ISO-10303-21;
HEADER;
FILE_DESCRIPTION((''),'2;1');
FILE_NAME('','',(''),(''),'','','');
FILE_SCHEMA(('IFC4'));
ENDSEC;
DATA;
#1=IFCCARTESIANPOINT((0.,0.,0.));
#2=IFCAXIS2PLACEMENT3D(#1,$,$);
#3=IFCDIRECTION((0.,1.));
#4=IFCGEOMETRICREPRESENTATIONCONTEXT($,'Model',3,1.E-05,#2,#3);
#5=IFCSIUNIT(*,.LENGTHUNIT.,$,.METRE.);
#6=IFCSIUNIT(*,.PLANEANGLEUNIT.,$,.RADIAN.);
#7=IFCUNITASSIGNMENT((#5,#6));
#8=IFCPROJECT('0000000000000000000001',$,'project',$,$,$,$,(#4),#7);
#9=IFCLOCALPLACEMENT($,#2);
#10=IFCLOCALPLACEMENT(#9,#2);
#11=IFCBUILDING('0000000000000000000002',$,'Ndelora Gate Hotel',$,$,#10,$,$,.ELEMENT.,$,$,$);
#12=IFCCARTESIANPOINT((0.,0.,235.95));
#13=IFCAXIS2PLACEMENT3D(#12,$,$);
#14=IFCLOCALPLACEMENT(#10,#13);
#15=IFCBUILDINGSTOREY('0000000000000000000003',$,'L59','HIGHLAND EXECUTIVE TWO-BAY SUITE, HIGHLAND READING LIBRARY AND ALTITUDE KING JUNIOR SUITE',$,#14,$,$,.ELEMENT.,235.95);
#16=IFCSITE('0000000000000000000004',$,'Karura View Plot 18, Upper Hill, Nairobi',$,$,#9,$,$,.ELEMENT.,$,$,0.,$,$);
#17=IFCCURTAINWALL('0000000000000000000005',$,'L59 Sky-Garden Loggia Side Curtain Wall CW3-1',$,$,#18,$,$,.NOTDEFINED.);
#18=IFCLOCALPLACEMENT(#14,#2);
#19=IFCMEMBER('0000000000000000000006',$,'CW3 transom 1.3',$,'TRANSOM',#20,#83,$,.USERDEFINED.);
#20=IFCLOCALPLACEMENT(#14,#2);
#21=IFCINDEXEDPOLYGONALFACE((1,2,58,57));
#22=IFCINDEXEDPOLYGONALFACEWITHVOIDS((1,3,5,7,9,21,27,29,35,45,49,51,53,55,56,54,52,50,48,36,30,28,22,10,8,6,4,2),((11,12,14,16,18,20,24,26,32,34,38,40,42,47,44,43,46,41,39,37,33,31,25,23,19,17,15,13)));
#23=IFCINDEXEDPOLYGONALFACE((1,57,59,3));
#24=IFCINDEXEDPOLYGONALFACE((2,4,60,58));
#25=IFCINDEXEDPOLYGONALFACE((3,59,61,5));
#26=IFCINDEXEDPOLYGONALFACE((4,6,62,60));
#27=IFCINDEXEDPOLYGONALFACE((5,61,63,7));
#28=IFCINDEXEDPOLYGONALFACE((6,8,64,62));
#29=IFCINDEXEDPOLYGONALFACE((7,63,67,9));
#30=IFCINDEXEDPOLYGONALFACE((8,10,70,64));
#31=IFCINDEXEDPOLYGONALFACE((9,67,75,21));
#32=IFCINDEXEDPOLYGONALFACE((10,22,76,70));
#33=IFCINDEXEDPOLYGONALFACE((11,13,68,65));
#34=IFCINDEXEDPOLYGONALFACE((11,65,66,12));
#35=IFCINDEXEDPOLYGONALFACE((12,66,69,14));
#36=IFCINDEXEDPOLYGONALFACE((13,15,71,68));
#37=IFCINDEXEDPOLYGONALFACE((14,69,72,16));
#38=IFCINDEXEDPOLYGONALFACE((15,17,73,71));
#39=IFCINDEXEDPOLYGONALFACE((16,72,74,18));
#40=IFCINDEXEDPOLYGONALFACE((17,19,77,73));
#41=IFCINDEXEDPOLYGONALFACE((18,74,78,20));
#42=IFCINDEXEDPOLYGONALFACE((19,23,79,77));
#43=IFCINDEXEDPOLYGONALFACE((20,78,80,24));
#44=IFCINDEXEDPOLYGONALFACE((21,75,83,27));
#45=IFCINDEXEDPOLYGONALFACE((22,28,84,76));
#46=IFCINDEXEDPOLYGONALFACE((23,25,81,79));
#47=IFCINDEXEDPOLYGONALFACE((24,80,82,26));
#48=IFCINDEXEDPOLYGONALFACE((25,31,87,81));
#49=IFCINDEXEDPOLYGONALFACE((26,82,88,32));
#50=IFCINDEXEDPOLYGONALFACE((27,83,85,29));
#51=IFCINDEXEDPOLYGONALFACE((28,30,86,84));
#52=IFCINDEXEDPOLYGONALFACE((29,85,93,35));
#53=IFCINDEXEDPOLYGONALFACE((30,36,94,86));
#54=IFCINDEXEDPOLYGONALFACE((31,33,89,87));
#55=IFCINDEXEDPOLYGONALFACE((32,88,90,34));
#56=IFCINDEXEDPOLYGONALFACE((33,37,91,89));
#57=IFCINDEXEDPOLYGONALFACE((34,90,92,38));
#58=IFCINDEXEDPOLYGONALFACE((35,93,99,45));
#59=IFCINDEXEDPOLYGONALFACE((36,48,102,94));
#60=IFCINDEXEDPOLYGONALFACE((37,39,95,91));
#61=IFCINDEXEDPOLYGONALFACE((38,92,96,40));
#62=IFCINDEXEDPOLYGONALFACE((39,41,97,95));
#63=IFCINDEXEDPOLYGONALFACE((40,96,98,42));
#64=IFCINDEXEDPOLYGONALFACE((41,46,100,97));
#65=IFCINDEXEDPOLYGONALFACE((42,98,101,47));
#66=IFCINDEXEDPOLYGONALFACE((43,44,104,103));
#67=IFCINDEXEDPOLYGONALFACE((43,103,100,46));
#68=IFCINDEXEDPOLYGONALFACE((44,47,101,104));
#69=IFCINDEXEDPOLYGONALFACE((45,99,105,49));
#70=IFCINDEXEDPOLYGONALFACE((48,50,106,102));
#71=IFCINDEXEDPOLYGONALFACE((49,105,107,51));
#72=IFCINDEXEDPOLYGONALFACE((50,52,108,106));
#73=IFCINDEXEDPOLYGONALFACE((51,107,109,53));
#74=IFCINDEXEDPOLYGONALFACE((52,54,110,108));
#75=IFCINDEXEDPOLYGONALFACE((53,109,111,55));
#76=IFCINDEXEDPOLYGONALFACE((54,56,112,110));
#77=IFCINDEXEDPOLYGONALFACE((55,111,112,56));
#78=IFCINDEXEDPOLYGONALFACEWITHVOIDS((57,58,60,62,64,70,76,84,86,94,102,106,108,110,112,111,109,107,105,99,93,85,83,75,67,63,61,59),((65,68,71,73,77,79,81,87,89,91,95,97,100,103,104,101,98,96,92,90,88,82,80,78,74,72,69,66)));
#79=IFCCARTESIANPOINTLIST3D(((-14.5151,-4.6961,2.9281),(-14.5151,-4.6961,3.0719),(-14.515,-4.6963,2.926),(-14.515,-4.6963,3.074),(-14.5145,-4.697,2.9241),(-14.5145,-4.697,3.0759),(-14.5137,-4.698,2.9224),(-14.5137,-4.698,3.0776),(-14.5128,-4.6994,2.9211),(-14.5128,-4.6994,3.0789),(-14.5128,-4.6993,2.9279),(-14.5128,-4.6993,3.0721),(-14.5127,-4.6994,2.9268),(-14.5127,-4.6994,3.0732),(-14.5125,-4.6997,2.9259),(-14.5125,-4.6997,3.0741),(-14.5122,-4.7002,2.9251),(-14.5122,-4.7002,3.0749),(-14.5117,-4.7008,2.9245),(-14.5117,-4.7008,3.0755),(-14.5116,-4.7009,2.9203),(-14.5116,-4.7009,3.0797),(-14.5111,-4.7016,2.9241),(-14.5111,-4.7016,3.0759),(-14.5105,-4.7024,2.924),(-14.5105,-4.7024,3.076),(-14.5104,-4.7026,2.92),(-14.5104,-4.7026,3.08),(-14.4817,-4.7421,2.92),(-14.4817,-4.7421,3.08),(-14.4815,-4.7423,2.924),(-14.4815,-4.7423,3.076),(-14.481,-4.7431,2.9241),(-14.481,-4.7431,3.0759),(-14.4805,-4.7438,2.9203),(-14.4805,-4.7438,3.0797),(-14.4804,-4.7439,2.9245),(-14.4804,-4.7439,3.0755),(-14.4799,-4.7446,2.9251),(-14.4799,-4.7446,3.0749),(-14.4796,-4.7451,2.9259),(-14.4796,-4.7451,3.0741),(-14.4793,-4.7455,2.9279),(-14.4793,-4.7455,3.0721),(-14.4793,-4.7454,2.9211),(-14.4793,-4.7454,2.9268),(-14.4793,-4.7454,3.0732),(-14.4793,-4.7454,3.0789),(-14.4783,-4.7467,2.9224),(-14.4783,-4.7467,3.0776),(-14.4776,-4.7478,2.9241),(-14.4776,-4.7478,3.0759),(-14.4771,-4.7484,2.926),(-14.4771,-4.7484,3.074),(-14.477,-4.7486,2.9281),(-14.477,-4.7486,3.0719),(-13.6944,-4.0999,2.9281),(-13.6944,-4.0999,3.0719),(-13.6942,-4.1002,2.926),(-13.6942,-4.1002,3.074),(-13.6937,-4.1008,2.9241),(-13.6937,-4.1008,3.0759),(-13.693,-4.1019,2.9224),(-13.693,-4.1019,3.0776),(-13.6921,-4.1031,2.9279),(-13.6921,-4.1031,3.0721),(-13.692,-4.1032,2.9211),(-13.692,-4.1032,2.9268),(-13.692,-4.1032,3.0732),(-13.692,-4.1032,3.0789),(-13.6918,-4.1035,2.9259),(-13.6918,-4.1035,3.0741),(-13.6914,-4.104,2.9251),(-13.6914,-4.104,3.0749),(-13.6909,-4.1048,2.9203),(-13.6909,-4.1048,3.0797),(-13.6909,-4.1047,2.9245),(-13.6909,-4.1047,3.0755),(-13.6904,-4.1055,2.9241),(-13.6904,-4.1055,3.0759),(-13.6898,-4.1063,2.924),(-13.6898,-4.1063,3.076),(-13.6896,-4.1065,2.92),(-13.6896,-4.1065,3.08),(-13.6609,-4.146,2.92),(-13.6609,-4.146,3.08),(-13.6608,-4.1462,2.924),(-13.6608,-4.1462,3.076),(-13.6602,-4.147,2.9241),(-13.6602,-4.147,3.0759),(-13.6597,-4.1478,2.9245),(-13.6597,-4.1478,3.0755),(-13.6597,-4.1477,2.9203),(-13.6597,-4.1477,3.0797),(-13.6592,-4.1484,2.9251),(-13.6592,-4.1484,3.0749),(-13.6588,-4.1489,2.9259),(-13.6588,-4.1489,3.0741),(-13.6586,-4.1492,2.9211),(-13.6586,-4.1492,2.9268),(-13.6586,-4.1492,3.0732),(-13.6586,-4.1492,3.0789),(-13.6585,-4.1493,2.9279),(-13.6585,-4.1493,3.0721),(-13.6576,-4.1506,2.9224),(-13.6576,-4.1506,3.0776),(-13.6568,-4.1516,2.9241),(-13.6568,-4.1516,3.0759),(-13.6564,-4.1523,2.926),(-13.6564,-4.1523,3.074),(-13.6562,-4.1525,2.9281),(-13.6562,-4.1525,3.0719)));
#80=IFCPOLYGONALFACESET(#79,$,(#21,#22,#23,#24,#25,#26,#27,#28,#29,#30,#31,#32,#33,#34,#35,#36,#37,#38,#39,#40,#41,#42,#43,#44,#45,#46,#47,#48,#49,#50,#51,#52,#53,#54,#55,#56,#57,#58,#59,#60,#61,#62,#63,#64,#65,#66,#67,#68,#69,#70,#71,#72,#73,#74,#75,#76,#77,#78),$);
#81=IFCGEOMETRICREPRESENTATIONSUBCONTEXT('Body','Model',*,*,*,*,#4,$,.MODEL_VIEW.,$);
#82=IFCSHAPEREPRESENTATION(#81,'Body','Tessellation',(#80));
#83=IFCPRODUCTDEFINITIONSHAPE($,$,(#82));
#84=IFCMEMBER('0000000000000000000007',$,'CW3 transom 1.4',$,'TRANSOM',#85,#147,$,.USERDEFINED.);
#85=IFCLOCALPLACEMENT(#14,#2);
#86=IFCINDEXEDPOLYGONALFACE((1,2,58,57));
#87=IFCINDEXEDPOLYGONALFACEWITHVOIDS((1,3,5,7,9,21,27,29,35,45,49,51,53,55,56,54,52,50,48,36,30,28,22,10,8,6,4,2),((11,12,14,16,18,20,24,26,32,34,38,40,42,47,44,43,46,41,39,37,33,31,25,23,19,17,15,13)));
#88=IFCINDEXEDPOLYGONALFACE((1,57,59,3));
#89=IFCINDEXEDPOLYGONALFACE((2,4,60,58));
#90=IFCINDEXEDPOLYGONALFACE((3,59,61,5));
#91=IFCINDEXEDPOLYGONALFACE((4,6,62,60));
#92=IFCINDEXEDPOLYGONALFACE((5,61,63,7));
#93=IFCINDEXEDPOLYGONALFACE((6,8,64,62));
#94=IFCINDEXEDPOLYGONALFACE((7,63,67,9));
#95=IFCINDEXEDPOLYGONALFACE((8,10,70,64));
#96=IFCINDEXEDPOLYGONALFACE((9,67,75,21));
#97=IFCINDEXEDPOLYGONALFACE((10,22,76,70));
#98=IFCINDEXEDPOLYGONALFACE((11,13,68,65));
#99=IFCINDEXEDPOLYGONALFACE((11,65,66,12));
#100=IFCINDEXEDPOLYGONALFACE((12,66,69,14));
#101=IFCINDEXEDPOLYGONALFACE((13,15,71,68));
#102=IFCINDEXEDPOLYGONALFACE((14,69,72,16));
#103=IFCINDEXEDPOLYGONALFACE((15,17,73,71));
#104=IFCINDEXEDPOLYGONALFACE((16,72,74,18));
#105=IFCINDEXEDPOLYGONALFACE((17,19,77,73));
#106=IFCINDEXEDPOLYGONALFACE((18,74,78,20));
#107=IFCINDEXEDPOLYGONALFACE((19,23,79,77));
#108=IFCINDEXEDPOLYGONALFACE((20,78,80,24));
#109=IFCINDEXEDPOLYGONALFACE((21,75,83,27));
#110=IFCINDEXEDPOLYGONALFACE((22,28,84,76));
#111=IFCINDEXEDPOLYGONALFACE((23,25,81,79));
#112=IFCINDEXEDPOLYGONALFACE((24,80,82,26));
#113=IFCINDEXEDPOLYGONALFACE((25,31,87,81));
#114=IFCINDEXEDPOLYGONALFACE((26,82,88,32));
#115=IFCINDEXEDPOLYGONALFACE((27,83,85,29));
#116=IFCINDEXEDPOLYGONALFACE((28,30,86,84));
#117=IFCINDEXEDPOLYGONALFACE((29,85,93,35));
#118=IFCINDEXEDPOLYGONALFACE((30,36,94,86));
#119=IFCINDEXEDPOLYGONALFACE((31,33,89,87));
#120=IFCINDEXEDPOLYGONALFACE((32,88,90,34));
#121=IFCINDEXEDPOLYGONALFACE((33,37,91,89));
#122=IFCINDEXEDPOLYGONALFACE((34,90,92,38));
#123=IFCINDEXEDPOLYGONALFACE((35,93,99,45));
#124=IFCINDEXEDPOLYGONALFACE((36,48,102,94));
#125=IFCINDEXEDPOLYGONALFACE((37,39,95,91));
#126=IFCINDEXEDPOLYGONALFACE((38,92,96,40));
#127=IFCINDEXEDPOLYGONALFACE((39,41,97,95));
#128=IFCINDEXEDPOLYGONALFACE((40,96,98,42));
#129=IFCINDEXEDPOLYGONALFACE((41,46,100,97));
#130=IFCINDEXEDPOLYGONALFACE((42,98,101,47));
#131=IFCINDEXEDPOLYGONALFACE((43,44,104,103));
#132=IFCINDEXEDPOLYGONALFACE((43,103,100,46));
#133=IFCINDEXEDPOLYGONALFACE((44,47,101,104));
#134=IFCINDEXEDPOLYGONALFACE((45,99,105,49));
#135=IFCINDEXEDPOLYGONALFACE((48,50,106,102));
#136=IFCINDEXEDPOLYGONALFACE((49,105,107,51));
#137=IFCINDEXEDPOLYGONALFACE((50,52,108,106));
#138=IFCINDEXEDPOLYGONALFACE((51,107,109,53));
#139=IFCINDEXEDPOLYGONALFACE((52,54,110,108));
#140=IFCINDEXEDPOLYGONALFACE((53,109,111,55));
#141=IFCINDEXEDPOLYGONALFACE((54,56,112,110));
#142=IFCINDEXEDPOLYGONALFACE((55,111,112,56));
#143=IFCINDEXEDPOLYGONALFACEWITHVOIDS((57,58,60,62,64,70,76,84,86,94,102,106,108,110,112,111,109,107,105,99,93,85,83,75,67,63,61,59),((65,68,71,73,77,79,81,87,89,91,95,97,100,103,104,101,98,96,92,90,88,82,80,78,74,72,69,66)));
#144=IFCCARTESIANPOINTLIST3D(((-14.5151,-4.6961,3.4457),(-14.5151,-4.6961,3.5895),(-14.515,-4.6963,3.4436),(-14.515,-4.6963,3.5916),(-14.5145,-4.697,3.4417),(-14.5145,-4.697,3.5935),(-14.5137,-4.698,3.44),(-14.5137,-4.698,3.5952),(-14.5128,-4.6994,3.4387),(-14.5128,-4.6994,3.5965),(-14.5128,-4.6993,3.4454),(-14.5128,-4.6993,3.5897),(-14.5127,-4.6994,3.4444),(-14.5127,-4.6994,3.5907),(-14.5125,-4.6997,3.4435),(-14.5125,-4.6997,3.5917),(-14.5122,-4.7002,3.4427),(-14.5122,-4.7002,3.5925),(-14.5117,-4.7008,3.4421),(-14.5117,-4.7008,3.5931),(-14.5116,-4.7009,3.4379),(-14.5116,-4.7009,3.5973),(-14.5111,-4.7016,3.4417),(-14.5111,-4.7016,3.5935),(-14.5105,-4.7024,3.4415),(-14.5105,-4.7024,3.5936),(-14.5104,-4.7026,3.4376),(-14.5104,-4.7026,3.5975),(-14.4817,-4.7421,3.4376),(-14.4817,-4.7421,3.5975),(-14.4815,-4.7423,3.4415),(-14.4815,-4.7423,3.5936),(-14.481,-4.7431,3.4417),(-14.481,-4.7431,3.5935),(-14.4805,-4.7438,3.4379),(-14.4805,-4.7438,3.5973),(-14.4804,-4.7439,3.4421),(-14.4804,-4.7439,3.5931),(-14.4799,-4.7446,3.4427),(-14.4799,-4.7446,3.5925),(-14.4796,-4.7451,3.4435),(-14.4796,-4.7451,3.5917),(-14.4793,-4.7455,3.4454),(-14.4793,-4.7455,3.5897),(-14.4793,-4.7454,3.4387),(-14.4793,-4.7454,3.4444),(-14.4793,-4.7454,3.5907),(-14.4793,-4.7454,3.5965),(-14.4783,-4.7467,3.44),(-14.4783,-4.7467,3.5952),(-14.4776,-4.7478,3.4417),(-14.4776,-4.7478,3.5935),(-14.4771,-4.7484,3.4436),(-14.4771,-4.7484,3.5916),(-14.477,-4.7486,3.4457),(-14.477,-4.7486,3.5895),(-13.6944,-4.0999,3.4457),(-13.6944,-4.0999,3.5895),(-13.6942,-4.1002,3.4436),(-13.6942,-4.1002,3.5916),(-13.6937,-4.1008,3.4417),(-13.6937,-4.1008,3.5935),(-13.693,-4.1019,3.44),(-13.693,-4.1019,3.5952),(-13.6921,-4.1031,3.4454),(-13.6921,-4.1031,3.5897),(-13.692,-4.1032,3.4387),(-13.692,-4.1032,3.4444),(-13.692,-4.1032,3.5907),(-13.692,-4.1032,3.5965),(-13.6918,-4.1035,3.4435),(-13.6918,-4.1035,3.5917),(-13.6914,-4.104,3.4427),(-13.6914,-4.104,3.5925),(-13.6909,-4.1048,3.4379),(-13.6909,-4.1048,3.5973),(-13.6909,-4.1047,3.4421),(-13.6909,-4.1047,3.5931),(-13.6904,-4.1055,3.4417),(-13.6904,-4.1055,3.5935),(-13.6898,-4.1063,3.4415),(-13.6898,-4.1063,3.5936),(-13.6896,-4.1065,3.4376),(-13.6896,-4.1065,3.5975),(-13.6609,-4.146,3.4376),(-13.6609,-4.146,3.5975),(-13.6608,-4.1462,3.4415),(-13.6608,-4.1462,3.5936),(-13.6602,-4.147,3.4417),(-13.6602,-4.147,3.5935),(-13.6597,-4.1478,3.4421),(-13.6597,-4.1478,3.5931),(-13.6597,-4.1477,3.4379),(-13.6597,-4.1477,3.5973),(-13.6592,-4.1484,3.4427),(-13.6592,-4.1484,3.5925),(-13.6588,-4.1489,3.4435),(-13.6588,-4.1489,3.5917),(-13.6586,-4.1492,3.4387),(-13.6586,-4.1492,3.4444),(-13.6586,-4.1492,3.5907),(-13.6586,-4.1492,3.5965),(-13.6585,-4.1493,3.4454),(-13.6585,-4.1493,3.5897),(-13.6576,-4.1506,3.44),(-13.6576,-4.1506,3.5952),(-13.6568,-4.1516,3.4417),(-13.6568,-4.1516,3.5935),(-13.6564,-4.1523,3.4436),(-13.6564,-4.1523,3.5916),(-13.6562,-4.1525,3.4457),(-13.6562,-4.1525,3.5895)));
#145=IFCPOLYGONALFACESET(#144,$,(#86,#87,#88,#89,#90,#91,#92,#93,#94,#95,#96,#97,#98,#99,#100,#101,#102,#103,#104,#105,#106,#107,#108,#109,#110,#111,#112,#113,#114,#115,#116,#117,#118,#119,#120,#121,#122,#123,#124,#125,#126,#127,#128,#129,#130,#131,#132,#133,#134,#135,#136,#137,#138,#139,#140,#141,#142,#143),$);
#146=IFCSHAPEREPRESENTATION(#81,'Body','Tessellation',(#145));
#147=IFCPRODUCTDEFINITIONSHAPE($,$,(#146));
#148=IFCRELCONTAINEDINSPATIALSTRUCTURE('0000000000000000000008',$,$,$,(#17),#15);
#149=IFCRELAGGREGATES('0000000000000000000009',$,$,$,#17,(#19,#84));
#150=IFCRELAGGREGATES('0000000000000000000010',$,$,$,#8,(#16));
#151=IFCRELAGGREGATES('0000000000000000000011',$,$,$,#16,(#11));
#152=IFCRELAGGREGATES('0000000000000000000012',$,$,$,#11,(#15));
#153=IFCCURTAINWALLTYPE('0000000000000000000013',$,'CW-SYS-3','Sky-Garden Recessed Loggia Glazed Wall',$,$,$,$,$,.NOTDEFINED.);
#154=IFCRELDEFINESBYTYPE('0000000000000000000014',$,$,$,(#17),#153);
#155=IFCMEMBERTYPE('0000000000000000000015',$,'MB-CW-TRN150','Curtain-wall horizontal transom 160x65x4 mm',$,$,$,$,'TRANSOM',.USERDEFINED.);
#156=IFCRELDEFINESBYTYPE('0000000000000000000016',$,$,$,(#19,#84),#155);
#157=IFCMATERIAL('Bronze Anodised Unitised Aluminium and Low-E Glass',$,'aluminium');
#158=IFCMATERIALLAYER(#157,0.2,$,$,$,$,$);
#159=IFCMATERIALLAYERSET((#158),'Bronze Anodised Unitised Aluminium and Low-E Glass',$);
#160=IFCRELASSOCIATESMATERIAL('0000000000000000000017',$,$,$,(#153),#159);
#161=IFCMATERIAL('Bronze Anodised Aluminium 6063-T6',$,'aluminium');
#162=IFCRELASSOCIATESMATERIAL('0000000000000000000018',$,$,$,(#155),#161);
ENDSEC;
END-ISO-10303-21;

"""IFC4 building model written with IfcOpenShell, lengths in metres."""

from ifc_helpers import new_model, si_unit, direction, frame, origin, origin_2d, place, context, subcontext, project, spatial, hollow_rectangle, extrude, material, layer, layer_set, material_profile, profile_set, type_object, element, aggregate, save


model = new_model("IFC4")

# Units and contexts
model_context = context("Model", 3, precision=1e-05, world=origin(), true_north=direction((0.0, 1.0)))
body_context = subcontext(model_context, "Body", "Model", "MODEL_VIEW")
ifc_project = project(units=[si_unit("LENGTHUNIT", "METRE"), si_unit("PLANEANGLEUNIT", "RADIAN")], contexts=[model_context])

# Site, building, storey
site_placement = place(None, origin())
site = spatial("IfcSite", under=ifc_project, at=site_placement, Name="Karura View Plot 18, Upper Hill, Nairobi", CompositionType="ELEMENT", RefElevation=0.0)
building_placement = place(site_placement, origin())
building = spatial("IfcBuilding", under=site, at=building_placement, Name="Ndelora Gate Hotel", CompositionType="ELEMENT")
storey_placement = place(building_placement, frame((0.0, 0.0, 235.95)))
storey = spatial("IfcBuildingStorey", under=building, at=storey_placement, Name="L59", Description="HIGHLAND EXECUTIVE TWO-BAY SUITE, HIGHLAND READING LIBRARY AND ALTITUDE KING JUNIOR SUITE", CompositionType="ELEMENT", Elevation=235.95)

# Curtain wall, members
ifc_material_1 = material(Name="Bronze Anodised Unitised Aluminium and Low-E Glass", Category="aluminium")
ifc_layer_1 = layer(ifc_material_1, 0.2)
ifc_layer_set_1 = layer_set([ifc_layer_1], Name="Bronze Anodised Unitised Aluminium and Low-E Glass")
curtain_wall_type = type_object("IfcCurtainWallType", Name="CW-SYS-3", Description="Sky-Garden Recessed Loggia Glazed Wall", PredefinedType="NOTDEFINED", material=ifc_layer_set_1)
curtain_wall_placement = place(storey_placement, origin())
curtain_wall = element("IfcCurtainWall", 1, at=curtain_wall_placement, inside=storey, type_object=curtain_wall_type, Name="L59 Sky-Garden Loggia Side Curtain Wall CW3-1", PredefinedType="NOTDEFINED")
ifc_material_2 = material(Name="Bronze Anodised Aluminium 6063-T6", Category="aluminium")
ifc_material_profile_1 = material_profile(ifc_material_2, hollow_rectangle(XDim=0.0649, YDim=0.1599, WallThickness=0.0039, InnerFilletRadius=0.0039, OuterFilletRadius=0.0081, at=origin_2d()), Name="ALU 160x65x4")
ifc_profile_set_1 = profile_set([ifc_material_profile_1], Name="Bronze Anodised Aluminium 6063-T6")
member_type_1 = type_object("IfcMemberType", Name="MB-CW-TRN150", Description="Curtain-wall horizontal transom 160x65x4 mm", ElementType="TRANSOM", PredefinedType="USERDEFINED", material=ifc_profile_set_1)
member_1_placement = place(storey_placement, frame((-13.6753, -4.1262, 3.0), z_axis=(-0.80909, -0.587685, 0.0), x_axis=(0.587685, -0.80909, 0.0)))
member_1 = element("IfcMember", 2, at=member_1_placement, type_object=member_type_1, Name="CW3 transom 1.3", ObjectType="TRANSOM", PredefinedType="USERDEFINED", context=body_context, shape_type="SweptSolid", body=[
    extrude(hollow_rectangle(XDim=0.0649, YDim=0.1599, WallThickness=0.0039, InnerFilletRadius=0.0039, OuterFilletRadius=0.0081, at=origin_2d()), origin(), (0.0, 0.0, 1.0), 1.0144),
])
member_2_placement = place(storey_placement, frame((-13.6753, -4.1262, 3.5176), z_axis=(-0.80909, -0.587685, 0.0), x_axis=(0.587685, -0.80909, 0.0)))
member_2 = element("IfcMember", 3, at=member_2_placement, type_object=member_type_1, Name="CW3 transom 1.4", ObjectType="TRANSOM", PredefinedType="USERDEFINED", context=body_context, shape_type="SweptSolid", body=[
    extrude(hollow_rectangle(XDim=0.0649, YDim=0.1599, WallThickness=0.0039, InnerFilletRadius=0.0039, OuterFilletRadius=0.0081, at=origin_2d()), origin(), (0.0, 0.0, 1.0), 1.0144),
])
aggregate(curtain_wall, [member_1, member_2])

save(model, "model.ifc")
